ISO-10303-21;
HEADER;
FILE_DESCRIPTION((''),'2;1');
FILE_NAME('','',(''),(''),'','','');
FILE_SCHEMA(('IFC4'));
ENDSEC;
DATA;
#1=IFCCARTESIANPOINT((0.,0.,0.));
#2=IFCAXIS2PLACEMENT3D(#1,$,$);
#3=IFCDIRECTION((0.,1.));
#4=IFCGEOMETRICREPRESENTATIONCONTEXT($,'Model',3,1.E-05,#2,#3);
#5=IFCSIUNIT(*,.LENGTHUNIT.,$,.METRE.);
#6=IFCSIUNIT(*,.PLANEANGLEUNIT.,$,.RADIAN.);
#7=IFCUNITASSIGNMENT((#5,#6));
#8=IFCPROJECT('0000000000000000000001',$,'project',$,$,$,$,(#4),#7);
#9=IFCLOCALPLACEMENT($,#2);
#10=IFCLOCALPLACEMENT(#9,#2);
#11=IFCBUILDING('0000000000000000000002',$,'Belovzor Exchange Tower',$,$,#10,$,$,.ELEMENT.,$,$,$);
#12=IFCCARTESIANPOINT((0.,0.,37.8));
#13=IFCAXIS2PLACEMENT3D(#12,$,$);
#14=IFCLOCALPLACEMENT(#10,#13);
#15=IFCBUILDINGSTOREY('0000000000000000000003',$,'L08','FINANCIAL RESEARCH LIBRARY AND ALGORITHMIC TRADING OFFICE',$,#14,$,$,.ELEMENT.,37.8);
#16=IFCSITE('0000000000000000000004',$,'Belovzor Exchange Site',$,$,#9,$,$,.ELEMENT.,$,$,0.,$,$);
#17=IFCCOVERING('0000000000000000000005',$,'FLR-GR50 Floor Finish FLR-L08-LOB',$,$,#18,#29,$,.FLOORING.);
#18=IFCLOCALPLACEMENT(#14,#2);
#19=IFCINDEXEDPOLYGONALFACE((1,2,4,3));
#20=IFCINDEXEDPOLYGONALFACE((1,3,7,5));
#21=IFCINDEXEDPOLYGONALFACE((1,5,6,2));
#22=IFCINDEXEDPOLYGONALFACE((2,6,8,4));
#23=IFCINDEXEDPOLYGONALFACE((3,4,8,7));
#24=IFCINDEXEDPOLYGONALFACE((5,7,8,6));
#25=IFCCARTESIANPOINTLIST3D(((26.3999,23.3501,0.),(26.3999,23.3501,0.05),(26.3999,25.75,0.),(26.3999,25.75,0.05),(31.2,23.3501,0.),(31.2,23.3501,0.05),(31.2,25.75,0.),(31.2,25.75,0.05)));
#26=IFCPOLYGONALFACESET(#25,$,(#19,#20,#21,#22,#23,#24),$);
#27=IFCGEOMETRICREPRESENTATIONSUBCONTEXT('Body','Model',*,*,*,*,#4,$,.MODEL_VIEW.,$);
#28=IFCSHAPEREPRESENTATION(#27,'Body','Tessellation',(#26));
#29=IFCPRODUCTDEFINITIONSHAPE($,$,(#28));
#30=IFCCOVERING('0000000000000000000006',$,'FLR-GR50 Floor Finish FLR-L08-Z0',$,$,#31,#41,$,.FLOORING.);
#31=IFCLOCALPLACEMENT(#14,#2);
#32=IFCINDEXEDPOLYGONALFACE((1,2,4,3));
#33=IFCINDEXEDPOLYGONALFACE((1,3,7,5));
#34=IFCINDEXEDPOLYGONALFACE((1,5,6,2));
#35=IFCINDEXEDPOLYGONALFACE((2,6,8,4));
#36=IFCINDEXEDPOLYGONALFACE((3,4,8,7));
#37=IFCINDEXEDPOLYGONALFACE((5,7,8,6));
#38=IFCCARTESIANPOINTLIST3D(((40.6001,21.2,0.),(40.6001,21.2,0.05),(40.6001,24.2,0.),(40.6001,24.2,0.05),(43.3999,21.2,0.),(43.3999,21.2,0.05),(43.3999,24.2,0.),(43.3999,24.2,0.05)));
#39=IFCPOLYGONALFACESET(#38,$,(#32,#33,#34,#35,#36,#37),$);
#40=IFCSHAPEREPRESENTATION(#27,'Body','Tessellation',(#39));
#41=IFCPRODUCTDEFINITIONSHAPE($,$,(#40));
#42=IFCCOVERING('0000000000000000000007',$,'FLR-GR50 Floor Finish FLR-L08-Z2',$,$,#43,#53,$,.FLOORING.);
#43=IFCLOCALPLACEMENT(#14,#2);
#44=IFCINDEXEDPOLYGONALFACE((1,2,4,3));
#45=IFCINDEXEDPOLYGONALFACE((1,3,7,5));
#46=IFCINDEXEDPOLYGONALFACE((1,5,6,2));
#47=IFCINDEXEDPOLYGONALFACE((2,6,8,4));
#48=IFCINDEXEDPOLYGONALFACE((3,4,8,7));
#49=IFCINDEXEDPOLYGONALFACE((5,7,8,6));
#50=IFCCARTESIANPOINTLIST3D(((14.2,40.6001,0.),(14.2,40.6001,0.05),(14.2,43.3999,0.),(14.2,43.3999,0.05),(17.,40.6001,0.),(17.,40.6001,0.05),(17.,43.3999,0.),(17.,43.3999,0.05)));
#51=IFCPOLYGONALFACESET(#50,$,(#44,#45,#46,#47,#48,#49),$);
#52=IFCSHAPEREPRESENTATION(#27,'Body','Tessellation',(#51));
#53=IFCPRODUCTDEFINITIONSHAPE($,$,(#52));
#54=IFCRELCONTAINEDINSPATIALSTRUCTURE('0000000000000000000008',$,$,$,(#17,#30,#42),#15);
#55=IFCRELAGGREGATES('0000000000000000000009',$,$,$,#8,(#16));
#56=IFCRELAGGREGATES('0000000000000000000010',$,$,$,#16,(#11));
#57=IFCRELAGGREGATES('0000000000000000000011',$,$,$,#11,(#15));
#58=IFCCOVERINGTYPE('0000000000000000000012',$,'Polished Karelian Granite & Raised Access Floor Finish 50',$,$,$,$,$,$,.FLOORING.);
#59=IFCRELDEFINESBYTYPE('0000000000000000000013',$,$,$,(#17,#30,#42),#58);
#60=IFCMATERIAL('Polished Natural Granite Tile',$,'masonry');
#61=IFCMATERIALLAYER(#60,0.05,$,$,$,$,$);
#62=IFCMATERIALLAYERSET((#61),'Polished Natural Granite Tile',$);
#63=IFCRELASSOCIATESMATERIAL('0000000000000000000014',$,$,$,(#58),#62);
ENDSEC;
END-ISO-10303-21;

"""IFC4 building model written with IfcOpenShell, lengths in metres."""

from ifc_helpers import new_model, si_unit, direction, frame, origin, place, context, subcontext, project, spatial, polyline, outline, extrude, material, layer, layer_set, type_object, element, save


model = new_model("IFC4")

# Units and contexts
model_context = context("Model", 3, precision=1e-05, world=origin(), true_north=direction((0.0, 1.0)))
body_context = subcontext(model_context, "Body", "Model", "MODEL_VIEW")
ifc_project = project(units=[si_unit("LENGTHUNIT", "METRE"), si_unit("PLANEANGLEUNIT", "RADIAN")], contexts=[model_context])

# Site, building, storey
site_placement = place(None, origin())
site = spatial("IfcSite", under=ifc_project, at=site_placement, Name="Belovzor Exchange Site", CompositionType="ELEMENT", RefElevation=0.0)
building_placement = place(site_placement, origin())
building = spatial("IfcBuilding", under=site, at=building_placement, Name="Belovzor Exchange Tower", CompositionType="ELEMENT")
storey_placement = place(building_placement, frame((0.0, 0.0, 37.8)))
storey = spatial("IfcBuildingStorey", under=building, at=storey_placement, Name="L08", Description="FINANCIAL RESEARCH LIBRARY AND ALGORITHMIC TRADING OFFICE", CompositionType="ELEMENT", Elevation=37.8)

# Coverings
ifc_material_1 = material(Name="Polished Natural Granite Tile", Category="masonry")
ifc_layer_1 = layer(ifc_material_1, 0.05)
ifc_layer_set_1 = layer_set([ifc_layer_1], Name="Polished Natural Granite Tile")
covering_type_1 = type_object("IfcCoveringType", Name="Polished Karelian Granite & Raised Access Floor Finish 50", PredefinedType="FLOORING", material=ifc_layer_set_1)
covering_1_placement = place(storey_placement, origin())
element("IfcCovering", 1, at=covering_1_placement, inside=storey, type_object=covering_type_1, Name="FLR-GR50 Floor Finish FLR-L08-LOB", PredefinedType="FLOORING", context=body_context, shape_type="SweptSolid", body=[
    extrude(outline(polyline([(26.3999, 23.3501), (31.2, 23.3501), (31.2, 25.75), (26.3999, 25.75), (26.3999, 23.3501)])), origin(), (0.0, 0.0, 1.0), 0.05),
])
covering_2_placement = place(storey_placement, origin())
element("IfcCovering", 2, at=covering_2_placement, inside=storey, type_object=covering_type_1, Name="FLR-GR50 Floor Finish FLR-L08-Z0", PredefinedType="FLOORING", context=body_context, shape_type="SweptSolid", body=[
    extrude(outline(polyline([(40.6001, 21.2), (43.3999, 21.2), (43.3999, 24.2), (40.6001, 24.2), (40.6001, 21.2)])), origin(), (0.0, 0.0, 1.0), 0.05),
])
covering_3_placement = place(storey_placement, origin())
element("IfcCovering", 3, at=covering_3_placement, inside=storey, type_object=covering_type_1, Name="FLR-GR50 Floor Finish FLR-L08-Z2", PredefinedType="FLOORING", context=body_context, shape_type="SweptSolid", body=[
    extrude(outline(polyline([(14.2, 40.6001), (17.0, 40.6001), (17.0, 43.3999), (14.2, 43.3999), (14.2, 40.6001)])), origin(), (0.0, 0.0, 1.0), 0.05),
])

save(model, "model.ifc")
